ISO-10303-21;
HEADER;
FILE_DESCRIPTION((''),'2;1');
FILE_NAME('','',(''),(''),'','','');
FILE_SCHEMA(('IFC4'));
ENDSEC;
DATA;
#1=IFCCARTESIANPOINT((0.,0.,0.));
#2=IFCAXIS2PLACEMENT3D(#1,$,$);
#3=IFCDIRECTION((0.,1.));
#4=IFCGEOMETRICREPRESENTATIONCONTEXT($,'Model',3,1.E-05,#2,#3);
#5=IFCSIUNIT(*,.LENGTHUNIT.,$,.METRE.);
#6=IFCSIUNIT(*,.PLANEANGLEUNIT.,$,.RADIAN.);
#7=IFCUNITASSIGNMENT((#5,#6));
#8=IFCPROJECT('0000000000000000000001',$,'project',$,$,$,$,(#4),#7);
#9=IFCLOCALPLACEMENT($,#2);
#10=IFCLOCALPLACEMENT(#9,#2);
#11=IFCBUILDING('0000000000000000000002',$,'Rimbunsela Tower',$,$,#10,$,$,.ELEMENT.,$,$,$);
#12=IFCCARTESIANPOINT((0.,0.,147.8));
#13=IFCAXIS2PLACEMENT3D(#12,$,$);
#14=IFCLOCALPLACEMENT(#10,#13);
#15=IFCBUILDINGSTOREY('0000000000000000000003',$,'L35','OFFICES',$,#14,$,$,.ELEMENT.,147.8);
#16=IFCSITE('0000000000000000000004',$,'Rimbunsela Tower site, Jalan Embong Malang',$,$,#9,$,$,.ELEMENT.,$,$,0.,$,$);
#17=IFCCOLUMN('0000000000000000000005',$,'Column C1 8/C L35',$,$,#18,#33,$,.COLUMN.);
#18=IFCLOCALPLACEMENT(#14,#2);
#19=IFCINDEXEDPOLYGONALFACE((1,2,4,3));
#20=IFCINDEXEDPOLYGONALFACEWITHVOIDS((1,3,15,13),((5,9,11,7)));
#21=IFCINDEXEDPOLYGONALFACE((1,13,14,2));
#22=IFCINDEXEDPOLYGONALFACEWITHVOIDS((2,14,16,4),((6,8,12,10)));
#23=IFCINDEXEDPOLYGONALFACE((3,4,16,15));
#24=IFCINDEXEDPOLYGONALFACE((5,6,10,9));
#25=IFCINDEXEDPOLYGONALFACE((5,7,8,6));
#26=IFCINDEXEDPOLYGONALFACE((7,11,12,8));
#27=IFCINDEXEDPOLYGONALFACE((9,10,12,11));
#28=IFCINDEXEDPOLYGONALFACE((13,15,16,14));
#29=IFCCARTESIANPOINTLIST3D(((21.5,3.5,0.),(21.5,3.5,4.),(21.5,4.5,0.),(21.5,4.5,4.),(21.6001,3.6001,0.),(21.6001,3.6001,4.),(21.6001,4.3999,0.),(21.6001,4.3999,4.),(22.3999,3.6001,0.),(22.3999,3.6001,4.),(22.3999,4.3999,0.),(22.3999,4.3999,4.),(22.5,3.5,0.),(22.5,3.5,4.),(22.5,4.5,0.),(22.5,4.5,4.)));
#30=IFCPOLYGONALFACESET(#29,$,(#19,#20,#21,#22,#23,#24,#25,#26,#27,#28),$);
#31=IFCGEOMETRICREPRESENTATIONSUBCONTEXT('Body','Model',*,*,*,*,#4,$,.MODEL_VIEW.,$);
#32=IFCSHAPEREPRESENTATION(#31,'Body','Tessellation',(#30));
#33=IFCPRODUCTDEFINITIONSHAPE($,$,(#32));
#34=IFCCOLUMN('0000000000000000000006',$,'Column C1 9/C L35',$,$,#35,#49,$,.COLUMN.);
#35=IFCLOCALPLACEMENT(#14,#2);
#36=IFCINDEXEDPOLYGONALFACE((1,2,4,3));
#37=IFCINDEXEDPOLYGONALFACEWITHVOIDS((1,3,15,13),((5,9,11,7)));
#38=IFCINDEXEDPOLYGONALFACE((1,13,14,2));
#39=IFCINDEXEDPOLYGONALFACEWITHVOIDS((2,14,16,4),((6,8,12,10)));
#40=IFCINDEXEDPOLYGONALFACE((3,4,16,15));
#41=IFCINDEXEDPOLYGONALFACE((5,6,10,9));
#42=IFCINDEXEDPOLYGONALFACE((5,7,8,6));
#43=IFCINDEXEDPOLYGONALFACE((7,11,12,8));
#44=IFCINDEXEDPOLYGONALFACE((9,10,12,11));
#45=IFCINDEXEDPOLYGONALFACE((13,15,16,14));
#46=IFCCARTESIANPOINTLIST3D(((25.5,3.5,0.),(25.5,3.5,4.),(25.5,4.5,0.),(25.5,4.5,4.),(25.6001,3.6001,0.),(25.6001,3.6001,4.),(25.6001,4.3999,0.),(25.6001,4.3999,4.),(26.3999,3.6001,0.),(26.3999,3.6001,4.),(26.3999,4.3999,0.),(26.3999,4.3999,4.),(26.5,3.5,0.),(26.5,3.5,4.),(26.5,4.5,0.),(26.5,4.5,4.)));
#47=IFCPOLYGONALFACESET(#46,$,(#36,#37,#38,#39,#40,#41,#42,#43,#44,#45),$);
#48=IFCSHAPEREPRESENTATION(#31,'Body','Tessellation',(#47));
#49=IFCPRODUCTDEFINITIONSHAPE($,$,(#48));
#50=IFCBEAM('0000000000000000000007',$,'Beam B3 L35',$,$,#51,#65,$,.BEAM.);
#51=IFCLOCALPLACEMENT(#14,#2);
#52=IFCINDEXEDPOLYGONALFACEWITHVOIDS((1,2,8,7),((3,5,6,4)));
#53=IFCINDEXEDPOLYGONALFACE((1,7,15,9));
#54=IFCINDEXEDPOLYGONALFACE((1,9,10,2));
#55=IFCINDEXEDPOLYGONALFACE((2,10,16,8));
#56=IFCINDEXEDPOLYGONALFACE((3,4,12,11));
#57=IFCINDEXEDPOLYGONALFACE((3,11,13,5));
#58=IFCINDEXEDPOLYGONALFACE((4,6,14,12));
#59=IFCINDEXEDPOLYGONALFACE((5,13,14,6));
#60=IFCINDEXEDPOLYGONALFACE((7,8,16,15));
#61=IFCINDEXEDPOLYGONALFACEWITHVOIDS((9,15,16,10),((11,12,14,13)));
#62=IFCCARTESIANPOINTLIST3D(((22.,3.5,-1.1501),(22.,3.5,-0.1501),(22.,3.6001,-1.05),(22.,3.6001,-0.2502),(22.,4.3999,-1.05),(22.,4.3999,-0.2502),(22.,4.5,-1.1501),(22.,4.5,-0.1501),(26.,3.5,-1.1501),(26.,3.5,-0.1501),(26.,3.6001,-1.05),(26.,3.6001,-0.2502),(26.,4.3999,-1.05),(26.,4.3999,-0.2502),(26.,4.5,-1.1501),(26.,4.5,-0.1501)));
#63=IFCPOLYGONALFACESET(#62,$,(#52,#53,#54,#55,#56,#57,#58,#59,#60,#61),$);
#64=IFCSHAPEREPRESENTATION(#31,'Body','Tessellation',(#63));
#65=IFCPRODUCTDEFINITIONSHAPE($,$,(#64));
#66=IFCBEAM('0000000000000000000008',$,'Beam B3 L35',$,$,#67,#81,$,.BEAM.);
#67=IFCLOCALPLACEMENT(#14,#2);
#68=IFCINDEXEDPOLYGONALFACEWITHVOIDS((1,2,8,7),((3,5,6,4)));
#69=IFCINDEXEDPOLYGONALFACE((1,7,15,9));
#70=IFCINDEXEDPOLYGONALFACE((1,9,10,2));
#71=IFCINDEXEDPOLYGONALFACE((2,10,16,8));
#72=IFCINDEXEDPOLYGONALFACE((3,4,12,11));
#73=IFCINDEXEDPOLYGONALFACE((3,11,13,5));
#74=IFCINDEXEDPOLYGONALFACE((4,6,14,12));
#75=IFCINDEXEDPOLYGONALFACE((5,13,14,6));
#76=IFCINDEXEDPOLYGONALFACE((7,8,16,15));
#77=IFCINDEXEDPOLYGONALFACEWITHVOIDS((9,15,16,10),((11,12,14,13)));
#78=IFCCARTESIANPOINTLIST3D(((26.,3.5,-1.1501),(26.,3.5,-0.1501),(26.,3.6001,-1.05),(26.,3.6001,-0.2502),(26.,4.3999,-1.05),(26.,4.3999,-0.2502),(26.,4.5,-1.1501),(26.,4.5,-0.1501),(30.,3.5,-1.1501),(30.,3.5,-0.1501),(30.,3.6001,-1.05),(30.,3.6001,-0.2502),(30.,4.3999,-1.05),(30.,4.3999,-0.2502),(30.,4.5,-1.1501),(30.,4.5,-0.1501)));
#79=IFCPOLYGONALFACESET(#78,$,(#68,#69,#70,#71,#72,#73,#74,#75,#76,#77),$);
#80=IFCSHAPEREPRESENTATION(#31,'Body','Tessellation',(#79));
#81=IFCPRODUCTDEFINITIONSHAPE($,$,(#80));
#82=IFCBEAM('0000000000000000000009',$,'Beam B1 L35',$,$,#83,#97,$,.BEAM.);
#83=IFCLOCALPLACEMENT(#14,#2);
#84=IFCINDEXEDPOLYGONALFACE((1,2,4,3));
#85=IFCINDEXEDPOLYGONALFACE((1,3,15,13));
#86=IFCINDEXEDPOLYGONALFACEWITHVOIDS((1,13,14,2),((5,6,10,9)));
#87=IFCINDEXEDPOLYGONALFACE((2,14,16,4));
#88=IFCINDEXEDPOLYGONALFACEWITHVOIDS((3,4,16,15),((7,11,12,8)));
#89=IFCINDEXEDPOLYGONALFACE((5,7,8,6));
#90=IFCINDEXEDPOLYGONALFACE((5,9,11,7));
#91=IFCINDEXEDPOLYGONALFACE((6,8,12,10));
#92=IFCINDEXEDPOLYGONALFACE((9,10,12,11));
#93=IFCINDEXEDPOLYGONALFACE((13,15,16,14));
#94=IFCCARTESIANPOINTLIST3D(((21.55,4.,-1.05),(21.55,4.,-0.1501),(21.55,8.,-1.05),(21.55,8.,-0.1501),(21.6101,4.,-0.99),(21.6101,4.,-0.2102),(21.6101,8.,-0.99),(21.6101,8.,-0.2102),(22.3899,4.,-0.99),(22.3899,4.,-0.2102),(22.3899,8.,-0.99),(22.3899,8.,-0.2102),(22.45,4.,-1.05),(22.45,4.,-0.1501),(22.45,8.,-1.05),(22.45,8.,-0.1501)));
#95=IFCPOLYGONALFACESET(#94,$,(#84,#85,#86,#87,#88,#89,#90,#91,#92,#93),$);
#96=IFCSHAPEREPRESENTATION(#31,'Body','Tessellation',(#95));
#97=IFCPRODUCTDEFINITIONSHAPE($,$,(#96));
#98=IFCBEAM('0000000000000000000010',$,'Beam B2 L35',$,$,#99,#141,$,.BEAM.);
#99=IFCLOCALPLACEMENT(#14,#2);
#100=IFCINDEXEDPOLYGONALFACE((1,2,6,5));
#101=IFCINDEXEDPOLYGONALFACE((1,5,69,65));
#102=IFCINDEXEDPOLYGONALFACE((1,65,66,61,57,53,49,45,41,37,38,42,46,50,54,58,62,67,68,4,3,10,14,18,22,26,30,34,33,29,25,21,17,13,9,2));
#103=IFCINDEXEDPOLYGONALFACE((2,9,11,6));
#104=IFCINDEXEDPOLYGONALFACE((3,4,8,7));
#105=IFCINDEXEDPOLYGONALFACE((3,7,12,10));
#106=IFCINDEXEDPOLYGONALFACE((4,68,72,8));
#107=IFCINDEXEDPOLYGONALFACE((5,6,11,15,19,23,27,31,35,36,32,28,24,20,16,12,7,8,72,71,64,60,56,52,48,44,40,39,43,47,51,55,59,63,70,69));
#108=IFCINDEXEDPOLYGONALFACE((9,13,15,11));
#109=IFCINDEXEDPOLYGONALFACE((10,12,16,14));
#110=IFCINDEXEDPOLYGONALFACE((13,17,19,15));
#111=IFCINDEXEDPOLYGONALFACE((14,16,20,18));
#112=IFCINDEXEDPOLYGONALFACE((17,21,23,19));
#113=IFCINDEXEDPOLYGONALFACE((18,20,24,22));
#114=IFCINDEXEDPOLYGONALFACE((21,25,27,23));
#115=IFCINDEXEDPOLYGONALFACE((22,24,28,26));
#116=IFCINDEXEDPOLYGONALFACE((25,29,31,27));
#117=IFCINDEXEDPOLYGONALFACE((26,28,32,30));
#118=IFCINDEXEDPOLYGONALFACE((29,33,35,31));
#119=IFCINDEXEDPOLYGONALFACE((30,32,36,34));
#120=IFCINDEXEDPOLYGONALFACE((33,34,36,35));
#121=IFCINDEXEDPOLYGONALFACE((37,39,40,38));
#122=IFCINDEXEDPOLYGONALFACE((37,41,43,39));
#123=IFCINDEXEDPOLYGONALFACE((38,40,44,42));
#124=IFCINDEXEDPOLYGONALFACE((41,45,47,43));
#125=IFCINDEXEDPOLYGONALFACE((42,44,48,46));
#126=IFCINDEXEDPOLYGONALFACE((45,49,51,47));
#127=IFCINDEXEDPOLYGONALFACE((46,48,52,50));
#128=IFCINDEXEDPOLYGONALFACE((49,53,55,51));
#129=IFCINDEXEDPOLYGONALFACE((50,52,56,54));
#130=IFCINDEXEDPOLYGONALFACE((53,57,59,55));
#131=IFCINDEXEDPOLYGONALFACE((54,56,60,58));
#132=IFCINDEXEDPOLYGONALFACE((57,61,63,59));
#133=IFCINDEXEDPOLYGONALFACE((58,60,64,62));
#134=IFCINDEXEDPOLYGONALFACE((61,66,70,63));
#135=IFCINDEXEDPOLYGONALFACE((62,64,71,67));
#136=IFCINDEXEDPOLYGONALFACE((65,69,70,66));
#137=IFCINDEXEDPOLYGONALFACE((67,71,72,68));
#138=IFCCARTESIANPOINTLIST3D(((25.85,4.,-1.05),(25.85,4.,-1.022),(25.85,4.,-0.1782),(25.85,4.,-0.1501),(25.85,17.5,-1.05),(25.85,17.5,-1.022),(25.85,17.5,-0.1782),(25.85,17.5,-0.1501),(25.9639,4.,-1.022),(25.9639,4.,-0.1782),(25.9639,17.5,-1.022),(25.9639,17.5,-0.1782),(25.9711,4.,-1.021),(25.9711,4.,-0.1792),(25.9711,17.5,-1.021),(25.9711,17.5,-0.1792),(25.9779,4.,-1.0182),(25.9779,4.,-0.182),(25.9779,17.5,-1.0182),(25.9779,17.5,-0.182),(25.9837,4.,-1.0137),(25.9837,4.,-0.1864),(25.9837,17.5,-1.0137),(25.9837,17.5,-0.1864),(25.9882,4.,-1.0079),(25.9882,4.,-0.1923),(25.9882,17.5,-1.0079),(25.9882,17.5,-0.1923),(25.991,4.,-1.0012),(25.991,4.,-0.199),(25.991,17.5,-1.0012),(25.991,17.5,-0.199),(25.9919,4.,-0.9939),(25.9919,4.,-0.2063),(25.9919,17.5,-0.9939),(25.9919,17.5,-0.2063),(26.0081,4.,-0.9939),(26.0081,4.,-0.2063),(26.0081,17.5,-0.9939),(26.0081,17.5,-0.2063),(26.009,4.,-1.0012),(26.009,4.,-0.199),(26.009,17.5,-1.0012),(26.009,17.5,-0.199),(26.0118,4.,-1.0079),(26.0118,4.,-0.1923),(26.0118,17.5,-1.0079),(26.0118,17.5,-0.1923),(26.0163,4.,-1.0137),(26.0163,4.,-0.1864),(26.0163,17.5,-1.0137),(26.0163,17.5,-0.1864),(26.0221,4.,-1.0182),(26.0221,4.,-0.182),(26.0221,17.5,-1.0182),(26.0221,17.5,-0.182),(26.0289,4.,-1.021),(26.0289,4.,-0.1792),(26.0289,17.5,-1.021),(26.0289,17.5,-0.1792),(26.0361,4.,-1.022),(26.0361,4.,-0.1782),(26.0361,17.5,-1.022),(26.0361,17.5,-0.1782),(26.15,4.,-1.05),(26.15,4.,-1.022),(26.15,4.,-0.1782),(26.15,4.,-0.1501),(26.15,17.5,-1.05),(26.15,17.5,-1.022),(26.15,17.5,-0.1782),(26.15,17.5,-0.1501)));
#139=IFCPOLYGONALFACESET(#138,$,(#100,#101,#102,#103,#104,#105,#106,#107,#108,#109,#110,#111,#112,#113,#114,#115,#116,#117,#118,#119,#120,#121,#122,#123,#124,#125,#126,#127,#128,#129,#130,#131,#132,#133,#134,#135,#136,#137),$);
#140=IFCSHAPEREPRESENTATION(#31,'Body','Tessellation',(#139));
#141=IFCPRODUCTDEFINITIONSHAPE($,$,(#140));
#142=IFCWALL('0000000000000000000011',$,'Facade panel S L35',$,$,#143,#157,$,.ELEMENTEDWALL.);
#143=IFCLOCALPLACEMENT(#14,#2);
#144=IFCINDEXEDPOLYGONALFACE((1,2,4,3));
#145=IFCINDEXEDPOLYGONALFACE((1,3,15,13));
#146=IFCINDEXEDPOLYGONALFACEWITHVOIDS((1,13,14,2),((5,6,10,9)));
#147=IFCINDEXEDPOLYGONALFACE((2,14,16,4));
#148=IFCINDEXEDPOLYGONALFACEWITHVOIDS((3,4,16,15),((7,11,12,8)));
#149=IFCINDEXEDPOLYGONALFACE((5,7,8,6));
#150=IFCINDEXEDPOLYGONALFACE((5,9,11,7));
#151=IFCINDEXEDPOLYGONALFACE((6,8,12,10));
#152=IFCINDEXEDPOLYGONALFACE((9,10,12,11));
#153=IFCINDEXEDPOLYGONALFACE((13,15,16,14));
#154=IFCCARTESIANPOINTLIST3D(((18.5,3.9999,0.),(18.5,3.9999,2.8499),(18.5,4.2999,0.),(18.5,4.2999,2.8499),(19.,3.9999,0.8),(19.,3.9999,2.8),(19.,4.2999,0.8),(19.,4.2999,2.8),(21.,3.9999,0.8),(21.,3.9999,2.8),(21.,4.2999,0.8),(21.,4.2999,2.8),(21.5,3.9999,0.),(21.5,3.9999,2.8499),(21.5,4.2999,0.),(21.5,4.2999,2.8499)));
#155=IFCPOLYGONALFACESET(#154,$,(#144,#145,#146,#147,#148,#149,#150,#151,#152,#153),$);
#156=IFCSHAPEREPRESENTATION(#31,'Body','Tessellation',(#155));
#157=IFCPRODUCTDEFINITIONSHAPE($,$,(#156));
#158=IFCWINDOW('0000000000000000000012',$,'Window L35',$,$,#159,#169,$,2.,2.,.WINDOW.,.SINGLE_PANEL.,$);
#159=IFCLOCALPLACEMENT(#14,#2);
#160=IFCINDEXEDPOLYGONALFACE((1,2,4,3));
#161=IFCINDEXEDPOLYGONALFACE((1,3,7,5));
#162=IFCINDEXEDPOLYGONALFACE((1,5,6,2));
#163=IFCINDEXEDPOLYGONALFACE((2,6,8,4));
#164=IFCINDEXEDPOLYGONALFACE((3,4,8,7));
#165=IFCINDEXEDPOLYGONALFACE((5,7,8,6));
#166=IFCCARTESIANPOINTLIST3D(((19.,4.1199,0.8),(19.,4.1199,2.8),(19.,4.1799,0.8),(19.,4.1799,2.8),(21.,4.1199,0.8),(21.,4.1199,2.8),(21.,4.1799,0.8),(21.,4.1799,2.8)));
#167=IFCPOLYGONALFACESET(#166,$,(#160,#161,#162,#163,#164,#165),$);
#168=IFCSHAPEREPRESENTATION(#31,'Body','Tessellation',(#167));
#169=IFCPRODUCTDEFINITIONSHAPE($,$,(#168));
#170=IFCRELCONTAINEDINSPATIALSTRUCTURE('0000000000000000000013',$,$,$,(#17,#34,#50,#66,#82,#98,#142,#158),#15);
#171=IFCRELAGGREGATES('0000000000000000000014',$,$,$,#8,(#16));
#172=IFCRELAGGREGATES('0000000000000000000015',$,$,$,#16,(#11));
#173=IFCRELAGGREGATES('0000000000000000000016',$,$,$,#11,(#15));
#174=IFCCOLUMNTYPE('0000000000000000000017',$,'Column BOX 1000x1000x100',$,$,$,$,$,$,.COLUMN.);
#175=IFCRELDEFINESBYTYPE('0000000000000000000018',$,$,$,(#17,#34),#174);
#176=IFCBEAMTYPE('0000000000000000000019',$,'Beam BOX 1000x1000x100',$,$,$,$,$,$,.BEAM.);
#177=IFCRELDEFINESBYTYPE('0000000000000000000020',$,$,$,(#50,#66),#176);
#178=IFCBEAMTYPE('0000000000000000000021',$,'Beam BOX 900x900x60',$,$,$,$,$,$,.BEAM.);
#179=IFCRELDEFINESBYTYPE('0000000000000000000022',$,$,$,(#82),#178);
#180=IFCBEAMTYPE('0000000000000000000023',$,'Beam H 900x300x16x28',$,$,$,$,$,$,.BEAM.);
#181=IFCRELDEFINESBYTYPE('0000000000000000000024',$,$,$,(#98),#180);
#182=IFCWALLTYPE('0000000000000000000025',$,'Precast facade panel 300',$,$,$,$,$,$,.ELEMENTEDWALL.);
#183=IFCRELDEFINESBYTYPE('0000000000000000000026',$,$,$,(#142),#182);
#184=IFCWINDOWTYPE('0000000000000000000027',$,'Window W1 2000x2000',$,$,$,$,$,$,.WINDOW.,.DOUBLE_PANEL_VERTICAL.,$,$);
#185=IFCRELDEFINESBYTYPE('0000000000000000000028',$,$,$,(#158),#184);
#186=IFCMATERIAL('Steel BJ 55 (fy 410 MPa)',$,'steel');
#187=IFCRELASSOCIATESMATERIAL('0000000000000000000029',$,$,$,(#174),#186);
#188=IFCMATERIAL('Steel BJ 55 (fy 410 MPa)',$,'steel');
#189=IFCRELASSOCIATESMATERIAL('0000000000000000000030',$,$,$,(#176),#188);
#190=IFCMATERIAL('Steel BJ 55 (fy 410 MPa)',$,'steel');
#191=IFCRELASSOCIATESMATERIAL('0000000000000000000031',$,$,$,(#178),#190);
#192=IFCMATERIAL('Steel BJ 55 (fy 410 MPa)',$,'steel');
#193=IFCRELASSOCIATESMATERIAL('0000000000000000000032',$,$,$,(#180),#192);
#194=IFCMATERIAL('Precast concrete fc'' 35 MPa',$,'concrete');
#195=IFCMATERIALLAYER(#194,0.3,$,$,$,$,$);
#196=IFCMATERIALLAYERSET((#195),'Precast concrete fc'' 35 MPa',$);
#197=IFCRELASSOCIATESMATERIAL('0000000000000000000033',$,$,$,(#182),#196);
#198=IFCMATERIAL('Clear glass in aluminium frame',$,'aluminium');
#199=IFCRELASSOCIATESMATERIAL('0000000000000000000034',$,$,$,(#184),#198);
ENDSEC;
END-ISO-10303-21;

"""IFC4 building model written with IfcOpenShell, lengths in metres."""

from ifc_helpers import new_model, si_unit, direction, frame, frame_2d, origin, origin_2d, place, context, subcontext, project, spatial, rectangle, hollow_rectangle, i_section, extrude, material, layer, layer_set, material_profile, profile_set, type_object, element, fill, save


model = new_model("IFC4")

# Units and contexts
model_context = context("Model", 3, precision=1e-05, world=origin(), true_north=direction((0.0, 1.0)))
body_context = subcontext(model_context, "Body", "Model", "MODEL_VIEW")
ifc_project = project(units=[si_unit("LENGTHUNIT", "METRE"), si_unit("PLANEANGLEUNIT", "RADIAN")], contexts=[model_context])

# Site, building, storey
site_placement = place(None, origin())
site = spatial("IfcSite", under=ifc_project, at=site_placement, Name="Rimbunsela Tower site, Jalan Embong Malang", CompositionType="ELEMENT", RefElevation=0.0)
building_placement = place(site_placement, origin())
building = spatial("IfcBuilding", under=site, at=building_placement, Name="Rimbunsela Tower", CompositionType="ELEMENT")
storey_placement = place(building_placement, frame((0.0, 0.0, 147.8)))
storey = spatial("IfcBuildingStorey", under=building, at=storey_placement, Name="L35", Description="OFFICES", CompositionType="ELEMENT", Elevation=147.8)

# Columns
ifc_material_1 = material(Name="Steel BJ 55 (fy 410 MPa)", Category="steel")
ifc_material_profile_1 = material_profile(ifc_material_1, hollow_rectangle(XDim=1.0, YDim=1.0, WallThickness=0.1001, at=origin_2d()), Name="BOX 1000x1000x100")
ifc_profile_set_1 = profile_set([ifc_material_profile_1], Name="Steel BJ 55 (fy 410 MPa)")
column_type = type_object("IfcColumnType", Name="Column BOX 1000x1000x100", PredefinedType="COLUMN", material=ifc_profile_set_1)
for number, where, z_axis, x_axis, name in (
    (1, (22.0, 4.0, 0.0), (0.0, 0.0, 1.0), (1.0, 0.0, 0.0), "Column C1 8/C L35"),
    (2, (26.0, 4.0, 0.0), (0.0, 0.0, 1.0), (1.0, 0.0, 0.0), "Column C1 9/C L35"),
):
    element("IfcColumn", number, at=place(storey_placement, frame(where, z_axis=z_axis, x_axis=x_axis)), inside=storey, type_object=column_type, Name=name, PredefinedType="COLUMN", context=body_context, shape_type="SweptSolid", body=[
        extrude(hollow_rectangle(XDim=1.0, YDim=1.0, WallThickness=0.1001, at=origin_2d()), origin(), (0.0, 0.0, 1.0), 4.0),
    ])

# Beams
ifc_material_2 = material(Name="Steel BJ 55 (fy 410 MPa)", Category="steel")
ifc_material_profile_2 = material_profile(ifc_material_2, hollow_rectangle(XDim=1.0, YDim=1.0, WallThickness=0.1001, at=origin_2d()), Name="BOX 1000x1000x100")
ifc_profile_set_2 = profile_set([ifc_material_profile_2], Name="Steel BJ 55 (fy 410 MPa)")
beam_type_1 = type_object("IfcBeamType", Name="Beam BOX 1000x1000x100", PredefinedType="BEAM", material=ifc_profile_set_2)
for number, where, z_axis, x_axis, name in (
    (3, (22.0, 4.0, -0.6501), (1.0, 0.0, 0.0), (0.0, 1.0, 0.0), "Beam B3 L35"),
    (4, (26.0, 4.0, -0.6501), (1.0, 0.0, 0.0), (0.0, 1.0, 0.0), "Beam B3 L35"),
):
    element("IfcBeam", number, at=place(storey_placement, frame(where, z_axis=z_axis, x_axis=x_axis)), inside=storey, type_object=beam_type_1, Name=name, PredefinedType="BEAM", context=body_context, shape_type="SweptSolid", body=[
        extrude(hollow_rectangle(XDim=1.0, YDim=1.0, WallThickness=0.1001, at=origin_2d()), origin(), (0.0, 0.0, 1.0), 4.0),
    ])
ifc_material_3 = material(Name="Steel BJ 55 (fy 410 MPa)", Category="steel")
ifc_material_profile_3 = material_profile(ifc_material_3, hollow_rectangle(XDim=0.8999, YDim=0.8999, WallThickness=0.0601, at=origin_2d()), Name="BOX 900x900x60")
ifc_profile_set_3 = profile_set([ifc_material_profile_3], Name="Steel BJ 55 (fy 410 MPa)")
beam_type_2 = type_object("IfcBeamType", Name="Beam BOX 900x900x60", PredefinedType="BEAM", material=ifc_profile_set_3)
beam_1_placement = place(storey_placement, frame((22.0, 4.0, -0.6001), z_axis=(0.0, 1.0, 0.0), x_axis=(-1.0, 0.0, 0.0)))
element("IfcBeam", 5, at=beam_1_placement, inside=storey, type_object=beam_type_2, Name="Beam B1 L35", PredefinedType="BEAM", context=body_context, shape_type="SweptSolid", body=[
    extrude(hollow_rectangle(XDim=0.8999, YDim=0.8999, WallThickness=0.0601, at=origin_2d()), origin(), (0.0, 0.0, 1.0), 4.0),
])
ifc_material_4 = material(Name="Steel BJ 55 (fy 410 MPa)", Category="steel")
ifc_material_profile_4 = material_profile(ifc_material_4, i_section(OverallWidth=0.3, OverallDepth=0.8999, WebThickness=0.0161, FlangeThickness=0.0281, FilletRadius=0.0281, at=origin_2d()), Name="H 900x300x16x28")
ifc_profile_set_4 = profile_set([ifc_material_profile_4], Name="Steel BJ 55 (fy 410 MPa)")
beam_type_3 = type_object("IfcBeamType", Name="Beam H 900x300x16x28", PredefinedType="BEAM", material=ifc_profile_set_4)
beam_2_placement = place(storey_placement, frame((26.0, 4.0, -0.6001), z_axis=(0.0, 1.0, 0.0), x_axis=(-1.0, 0.0, 0.0)))
element("IfcBeam", 6, at=beam_2_placement, inside=storey, type_object=beam_type_3, Name="Beam B2 L35", PredefinedType="BEAM", context=body_context, shape_type="SweptSolid", body=[
    extrude(i_section(OverallWidth=0.3, OverallDepth=0.8999, WebThickness=0.0161, FlangeThickness=0.0281, FilletRadius=0.0281, at=origin_2d()), origin(), (0.0, 0.0, 1.0), 13.5),
])

# Wall, opening, window
ifc_material_5 = material(Name="Precast concrete fc' 35 MPa", Category="concrete")
ifc_layer_1 = layer(ifc_material_5, 0.3)
ifc_layer_set_1 = layer_set([ifc_layer_1], Name="Precast concrete fc' 35 MPa")
wall_type = type_object("IfcWallType", Name="Precast facade panel 300", PredefinedType="ELEMENTEDWALL", material=ifc_layer_set_1)
wall_1_placement = place(storey_placement, frame((18.5, 4.1499, 0.0), z_axis=(0.0, 0.0, 1.0), x_axis=(1.0, 0.0, 0.0)))
wall_1 = element("IfcWall", 7, at=wall_1_placement, inside=storey, type_object=wall_type, Name="Facade panel S L35", PredefinedType="ELEMENTEDWALL", context=body_context, shape_type="SweptSolid", body=[
    extrude(rectangle(XDim=3.0, YDim=0.3, at=frame_2d((1.5, 0.0))), origin(), (0.0, 0.0, 1.0), 2.8499),
])
opening_1_placement = place(wall_1_placement, frame((0.5, 0.0, 0.8)))
opening_1 = element("IfcOpeningElement", 8, at=opening_1_placement, cuts=wall_1, PredefinedType="OPENING", context=body_context, shape_type="SweptSolid", body=[
    extrude(rectangle(XDim=2.0, YDim=2.0, at=frame_2d((1.0, 1.0))), frame((0.0, 0.1599, 0.0), z_axis=(0.0, -1.0, 0.0), x_axis=(1.0, 0.0, 0.0)), (0.0, 0.0, 1.0), 0.3201),
])
ifc_material_6 = material(Name="Clear glass in aluminium frame", Category="aluminium")
window_type_1 = type_object("IfcWindowType", Name="Window W1 2000x2000", PartitioningType="DOUBLE_PANEL_VERTICAL", PredefinedType="WINDOW", material=ifc_material_6)
window_1_placement = place(opening_1_placement, origin())
window_1 = element("IfcWindow", 9, at=window_1_placement, inside=storey, type_object=window_type_1, Name="Window L35", OverallHeight=2.0, OverallWidth=2.0, PartitioningType="SINGLE_PANEL", PredefinedType="WINDOW", context=body_context, shape_type="SweptSolid", body=[
    extrude(rectangle(XDim=2.0, YDim=2.0, at=frame_2d((1.0, 1.0))), frame((0.0, 0.03, 0.0), z_axis=(0.0, -1.0, 0.0), x_axis=(1.0, 0.0, 0.0)), (0.0, 0.0, 1.0), 0.0601),
])
fill(opening_1, window_1)

save(model, "model.ifc")
